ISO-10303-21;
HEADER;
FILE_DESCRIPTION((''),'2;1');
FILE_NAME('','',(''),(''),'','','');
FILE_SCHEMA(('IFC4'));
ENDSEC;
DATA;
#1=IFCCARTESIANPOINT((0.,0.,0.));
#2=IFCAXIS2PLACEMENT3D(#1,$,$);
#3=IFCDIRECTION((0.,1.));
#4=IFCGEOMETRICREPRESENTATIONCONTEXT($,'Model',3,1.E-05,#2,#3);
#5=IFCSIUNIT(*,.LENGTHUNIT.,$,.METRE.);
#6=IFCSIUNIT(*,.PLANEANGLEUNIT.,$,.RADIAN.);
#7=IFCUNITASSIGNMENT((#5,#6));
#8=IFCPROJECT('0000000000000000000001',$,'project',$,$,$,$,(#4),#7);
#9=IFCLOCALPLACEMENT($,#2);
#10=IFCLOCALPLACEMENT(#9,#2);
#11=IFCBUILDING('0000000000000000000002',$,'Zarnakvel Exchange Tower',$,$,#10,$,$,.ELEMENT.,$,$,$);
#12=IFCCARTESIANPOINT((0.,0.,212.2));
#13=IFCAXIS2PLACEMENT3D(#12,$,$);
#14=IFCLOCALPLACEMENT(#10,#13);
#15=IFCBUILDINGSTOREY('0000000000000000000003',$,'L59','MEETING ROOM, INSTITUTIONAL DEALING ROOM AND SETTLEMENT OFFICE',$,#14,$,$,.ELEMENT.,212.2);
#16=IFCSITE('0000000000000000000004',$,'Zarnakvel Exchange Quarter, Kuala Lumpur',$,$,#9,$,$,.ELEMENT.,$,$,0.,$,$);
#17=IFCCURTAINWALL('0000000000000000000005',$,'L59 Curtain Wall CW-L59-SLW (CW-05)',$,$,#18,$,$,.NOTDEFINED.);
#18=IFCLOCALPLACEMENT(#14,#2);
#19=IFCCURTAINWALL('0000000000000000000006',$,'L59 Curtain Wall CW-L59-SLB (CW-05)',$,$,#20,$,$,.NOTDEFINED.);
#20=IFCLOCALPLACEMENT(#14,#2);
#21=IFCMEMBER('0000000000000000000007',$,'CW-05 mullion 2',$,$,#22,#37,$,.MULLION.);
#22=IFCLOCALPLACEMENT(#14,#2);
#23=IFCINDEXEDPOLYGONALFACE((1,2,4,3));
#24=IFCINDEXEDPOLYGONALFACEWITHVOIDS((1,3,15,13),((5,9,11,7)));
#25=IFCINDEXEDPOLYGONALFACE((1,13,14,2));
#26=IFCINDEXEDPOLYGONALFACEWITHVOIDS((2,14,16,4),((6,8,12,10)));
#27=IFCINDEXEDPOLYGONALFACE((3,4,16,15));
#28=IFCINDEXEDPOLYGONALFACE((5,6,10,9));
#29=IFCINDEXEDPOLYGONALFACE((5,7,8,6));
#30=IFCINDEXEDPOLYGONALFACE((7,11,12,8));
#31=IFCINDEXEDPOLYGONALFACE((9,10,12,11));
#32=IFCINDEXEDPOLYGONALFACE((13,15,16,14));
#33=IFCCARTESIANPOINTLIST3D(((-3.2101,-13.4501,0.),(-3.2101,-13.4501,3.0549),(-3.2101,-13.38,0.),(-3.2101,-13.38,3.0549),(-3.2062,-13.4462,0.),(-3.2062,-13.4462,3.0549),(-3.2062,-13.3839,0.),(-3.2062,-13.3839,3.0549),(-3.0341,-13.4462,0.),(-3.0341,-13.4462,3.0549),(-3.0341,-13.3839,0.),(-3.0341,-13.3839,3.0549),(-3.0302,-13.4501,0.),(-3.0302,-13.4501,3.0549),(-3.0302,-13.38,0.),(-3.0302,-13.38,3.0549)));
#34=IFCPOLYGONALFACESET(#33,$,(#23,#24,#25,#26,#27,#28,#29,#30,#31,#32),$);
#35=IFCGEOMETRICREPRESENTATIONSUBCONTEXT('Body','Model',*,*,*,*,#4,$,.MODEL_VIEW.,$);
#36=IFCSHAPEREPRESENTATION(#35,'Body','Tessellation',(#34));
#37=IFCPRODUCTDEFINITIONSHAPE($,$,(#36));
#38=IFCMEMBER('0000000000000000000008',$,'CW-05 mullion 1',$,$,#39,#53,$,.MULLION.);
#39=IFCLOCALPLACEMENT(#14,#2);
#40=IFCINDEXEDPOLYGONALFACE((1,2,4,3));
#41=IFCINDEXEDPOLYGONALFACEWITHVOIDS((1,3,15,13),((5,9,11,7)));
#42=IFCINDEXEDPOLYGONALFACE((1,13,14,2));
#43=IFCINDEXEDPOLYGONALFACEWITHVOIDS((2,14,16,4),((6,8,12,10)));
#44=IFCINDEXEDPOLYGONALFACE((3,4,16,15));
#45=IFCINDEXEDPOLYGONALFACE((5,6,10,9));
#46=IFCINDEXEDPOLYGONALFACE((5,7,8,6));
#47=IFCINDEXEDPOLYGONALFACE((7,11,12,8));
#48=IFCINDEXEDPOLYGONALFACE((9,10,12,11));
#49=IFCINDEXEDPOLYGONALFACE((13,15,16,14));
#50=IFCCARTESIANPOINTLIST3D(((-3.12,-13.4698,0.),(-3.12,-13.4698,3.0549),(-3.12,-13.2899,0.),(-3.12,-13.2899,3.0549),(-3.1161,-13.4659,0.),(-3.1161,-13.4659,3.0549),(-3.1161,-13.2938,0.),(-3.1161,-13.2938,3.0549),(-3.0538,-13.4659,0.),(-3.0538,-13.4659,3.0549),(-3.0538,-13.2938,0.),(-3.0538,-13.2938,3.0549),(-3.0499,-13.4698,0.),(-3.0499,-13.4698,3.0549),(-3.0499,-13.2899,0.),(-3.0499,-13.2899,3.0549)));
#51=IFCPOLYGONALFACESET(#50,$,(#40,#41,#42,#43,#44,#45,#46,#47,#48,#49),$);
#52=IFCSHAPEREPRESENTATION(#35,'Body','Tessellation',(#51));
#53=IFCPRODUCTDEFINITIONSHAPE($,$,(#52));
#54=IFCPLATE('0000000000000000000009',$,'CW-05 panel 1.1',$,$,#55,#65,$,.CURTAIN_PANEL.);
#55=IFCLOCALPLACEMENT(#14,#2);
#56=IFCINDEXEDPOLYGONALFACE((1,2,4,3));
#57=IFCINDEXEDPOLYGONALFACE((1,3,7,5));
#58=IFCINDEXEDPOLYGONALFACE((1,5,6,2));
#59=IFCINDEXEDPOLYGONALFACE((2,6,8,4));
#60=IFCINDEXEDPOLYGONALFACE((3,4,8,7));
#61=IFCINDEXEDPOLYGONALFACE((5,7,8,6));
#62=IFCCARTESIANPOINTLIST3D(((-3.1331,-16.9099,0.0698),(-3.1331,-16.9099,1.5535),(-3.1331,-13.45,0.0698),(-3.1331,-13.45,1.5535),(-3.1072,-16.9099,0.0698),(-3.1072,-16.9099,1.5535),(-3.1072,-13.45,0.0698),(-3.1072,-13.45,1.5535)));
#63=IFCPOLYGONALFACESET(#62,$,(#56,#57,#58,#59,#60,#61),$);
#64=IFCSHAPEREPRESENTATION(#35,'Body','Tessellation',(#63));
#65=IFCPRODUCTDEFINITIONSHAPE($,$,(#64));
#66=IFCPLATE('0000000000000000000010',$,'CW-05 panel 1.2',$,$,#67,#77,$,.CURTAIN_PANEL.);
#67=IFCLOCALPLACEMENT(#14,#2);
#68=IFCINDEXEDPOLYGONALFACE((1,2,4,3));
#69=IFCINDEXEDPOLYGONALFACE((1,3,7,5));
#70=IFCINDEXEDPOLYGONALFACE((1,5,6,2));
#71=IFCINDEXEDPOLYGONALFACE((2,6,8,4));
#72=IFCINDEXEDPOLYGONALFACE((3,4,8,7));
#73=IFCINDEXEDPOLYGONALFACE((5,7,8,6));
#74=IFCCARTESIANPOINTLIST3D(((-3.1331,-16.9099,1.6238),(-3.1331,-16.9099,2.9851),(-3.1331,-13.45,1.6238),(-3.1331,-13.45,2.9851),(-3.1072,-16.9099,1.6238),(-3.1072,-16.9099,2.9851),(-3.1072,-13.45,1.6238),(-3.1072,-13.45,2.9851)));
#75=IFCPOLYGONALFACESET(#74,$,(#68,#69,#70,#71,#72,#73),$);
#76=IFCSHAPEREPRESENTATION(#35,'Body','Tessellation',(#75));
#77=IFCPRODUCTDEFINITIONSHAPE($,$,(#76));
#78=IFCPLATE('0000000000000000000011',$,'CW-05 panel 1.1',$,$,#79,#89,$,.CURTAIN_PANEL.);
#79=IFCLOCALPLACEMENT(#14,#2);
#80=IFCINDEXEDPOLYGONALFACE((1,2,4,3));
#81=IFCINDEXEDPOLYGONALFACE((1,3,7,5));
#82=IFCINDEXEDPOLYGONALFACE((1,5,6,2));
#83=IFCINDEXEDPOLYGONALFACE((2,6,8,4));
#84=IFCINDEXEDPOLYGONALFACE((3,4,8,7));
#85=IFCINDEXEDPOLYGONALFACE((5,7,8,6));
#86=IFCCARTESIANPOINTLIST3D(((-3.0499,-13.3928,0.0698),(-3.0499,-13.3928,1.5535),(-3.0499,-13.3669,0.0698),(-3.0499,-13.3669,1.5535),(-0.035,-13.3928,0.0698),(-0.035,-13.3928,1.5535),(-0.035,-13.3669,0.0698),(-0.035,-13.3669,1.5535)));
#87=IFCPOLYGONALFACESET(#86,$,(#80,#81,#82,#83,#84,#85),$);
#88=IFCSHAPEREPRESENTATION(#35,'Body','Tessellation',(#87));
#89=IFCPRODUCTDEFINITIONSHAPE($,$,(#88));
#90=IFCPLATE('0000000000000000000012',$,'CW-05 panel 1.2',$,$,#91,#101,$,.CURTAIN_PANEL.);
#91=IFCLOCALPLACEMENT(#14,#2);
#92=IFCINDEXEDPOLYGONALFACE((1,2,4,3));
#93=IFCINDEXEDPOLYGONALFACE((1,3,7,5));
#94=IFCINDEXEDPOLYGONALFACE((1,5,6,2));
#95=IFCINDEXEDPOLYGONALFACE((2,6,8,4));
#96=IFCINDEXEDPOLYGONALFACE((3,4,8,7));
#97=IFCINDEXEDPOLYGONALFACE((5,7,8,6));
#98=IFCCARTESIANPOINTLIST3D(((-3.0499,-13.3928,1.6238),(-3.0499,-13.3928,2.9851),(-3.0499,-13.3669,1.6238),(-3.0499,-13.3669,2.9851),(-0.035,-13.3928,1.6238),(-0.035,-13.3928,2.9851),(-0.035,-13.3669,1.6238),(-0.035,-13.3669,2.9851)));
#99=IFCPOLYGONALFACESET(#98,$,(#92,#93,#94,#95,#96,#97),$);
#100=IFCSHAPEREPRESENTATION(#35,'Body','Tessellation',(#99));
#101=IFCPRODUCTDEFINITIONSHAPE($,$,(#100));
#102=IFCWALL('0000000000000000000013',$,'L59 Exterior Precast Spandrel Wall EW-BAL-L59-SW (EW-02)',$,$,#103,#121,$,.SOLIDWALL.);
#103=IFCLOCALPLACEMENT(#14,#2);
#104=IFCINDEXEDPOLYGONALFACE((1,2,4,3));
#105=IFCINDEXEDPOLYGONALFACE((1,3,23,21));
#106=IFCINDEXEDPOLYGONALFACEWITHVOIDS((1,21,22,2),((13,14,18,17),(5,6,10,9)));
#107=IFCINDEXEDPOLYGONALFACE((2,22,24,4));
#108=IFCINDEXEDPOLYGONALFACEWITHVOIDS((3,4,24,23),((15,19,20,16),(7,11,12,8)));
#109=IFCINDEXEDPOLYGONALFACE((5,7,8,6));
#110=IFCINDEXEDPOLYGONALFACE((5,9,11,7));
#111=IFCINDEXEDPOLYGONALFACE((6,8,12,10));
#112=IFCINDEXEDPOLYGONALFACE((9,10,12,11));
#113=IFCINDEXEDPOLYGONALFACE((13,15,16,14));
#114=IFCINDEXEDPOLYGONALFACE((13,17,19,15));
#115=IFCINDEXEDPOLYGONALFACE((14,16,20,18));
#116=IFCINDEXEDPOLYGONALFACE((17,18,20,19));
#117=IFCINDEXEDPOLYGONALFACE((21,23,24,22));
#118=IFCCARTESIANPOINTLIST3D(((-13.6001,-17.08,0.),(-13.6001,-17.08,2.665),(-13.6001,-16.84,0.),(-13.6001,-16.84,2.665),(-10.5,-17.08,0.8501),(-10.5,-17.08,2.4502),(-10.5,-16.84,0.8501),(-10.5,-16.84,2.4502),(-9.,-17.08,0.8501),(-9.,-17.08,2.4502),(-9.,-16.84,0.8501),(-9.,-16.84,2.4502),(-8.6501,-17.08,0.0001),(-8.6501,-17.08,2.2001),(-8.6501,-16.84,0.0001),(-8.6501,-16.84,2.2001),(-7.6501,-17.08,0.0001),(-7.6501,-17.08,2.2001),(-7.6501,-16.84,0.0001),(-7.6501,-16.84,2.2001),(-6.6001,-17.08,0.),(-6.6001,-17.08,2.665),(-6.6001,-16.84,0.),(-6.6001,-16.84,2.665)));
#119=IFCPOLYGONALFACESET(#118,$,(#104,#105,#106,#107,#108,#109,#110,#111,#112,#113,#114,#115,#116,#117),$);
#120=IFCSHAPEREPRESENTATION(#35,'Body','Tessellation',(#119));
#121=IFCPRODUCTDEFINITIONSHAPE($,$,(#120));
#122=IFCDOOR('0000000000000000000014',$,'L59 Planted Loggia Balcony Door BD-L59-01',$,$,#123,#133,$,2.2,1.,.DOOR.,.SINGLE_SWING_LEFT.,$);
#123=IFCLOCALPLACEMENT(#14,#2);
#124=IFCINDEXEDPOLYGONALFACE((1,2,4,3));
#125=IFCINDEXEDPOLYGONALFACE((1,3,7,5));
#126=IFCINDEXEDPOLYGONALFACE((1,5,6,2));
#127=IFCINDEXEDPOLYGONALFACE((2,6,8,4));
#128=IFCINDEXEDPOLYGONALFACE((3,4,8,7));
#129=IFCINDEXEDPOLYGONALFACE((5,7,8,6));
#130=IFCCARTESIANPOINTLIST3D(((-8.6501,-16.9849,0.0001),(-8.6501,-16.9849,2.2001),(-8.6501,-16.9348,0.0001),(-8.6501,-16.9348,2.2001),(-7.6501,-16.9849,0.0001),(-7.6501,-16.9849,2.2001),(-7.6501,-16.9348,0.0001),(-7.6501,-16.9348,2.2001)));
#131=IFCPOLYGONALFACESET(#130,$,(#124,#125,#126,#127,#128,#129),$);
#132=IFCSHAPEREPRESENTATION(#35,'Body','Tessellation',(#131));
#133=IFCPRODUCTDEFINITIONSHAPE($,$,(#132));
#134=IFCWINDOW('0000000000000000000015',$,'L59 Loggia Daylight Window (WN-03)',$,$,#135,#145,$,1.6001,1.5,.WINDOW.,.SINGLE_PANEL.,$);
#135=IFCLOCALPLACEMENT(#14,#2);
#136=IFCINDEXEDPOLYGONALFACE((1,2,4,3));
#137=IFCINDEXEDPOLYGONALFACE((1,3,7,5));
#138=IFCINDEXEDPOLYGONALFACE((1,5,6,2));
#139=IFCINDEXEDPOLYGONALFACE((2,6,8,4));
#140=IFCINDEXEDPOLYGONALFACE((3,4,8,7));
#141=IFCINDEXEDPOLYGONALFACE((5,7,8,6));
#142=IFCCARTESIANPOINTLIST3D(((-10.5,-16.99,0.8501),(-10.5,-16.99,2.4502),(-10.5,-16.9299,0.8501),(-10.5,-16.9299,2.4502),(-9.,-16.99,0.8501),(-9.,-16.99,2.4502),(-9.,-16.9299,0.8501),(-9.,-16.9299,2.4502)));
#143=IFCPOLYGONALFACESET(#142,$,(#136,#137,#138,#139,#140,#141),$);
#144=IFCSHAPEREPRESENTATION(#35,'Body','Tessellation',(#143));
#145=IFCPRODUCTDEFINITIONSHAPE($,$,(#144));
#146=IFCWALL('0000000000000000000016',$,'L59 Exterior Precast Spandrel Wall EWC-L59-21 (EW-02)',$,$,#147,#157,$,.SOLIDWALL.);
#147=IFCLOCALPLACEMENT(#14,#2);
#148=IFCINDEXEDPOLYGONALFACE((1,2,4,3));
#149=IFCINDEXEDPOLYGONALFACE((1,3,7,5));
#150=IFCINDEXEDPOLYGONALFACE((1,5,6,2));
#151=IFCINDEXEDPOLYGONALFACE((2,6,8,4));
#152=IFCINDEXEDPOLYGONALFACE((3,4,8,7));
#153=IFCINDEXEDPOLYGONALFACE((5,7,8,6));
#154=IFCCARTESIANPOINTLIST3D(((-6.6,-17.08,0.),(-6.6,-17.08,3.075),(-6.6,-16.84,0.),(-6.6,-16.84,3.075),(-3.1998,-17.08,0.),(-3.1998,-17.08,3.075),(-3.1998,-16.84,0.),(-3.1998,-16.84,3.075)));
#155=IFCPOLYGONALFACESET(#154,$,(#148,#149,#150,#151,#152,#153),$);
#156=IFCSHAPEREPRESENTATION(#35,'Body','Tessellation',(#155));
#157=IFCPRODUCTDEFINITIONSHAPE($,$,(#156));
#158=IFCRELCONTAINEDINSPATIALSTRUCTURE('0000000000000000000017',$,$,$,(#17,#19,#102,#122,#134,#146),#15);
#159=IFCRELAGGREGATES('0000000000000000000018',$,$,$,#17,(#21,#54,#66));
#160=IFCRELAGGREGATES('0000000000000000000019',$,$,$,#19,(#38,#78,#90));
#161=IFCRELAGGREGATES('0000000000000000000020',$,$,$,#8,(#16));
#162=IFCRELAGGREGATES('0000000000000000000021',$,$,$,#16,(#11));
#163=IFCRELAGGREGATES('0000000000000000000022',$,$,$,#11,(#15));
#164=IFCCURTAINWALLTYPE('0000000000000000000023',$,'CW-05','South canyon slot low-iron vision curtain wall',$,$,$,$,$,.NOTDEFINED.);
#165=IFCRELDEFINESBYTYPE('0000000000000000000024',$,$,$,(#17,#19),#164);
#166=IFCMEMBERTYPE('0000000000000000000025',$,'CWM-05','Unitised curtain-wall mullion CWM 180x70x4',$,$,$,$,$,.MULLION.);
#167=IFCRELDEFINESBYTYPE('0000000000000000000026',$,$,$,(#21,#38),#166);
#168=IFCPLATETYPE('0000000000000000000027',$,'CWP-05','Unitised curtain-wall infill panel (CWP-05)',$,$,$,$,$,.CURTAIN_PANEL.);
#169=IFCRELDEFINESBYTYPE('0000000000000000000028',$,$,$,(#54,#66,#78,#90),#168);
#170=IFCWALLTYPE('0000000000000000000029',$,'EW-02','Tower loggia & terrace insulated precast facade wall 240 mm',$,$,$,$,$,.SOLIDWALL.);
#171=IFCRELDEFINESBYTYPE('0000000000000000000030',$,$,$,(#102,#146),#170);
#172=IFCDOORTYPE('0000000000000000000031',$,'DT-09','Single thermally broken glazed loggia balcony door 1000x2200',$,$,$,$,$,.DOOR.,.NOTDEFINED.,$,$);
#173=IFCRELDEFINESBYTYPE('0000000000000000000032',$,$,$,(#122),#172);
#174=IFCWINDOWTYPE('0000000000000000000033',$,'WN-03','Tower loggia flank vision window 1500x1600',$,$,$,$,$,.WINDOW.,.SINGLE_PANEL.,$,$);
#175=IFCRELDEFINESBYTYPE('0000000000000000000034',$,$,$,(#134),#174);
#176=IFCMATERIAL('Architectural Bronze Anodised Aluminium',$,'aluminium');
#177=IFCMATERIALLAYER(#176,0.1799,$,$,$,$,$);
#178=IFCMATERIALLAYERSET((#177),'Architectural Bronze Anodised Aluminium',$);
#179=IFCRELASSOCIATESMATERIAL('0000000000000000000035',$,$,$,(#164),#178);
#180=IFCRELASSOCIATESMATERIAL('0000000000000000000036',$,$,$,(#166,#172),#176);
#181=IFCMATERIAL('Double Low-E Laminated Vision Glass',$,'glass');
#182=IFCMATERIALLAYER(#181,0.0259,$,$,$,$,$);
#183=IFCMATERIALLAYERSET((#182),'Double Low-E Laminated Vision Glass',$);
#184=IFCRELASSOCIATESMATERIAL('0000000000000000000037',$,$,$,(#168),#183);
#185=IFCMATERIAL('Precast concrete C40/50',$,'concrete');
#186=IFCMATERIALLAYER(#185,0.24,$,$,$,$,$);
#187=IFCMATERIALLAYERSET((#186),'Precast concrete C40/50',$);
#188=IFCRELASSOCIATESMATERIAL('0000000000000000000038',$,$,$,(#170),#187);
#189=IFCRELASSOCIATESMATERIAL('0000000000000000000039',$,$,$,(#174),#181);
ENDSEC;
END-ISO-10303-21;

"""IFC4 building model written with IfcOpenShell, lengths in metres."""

from ifc_helpers import new_model, si_unit, direction, frame, frame_2d, origin, origin_2d, place, context, subcontext, project, spatial, rectangle, hollow_rectangle, extrude, source, transform, mapped, material, layer, layer_set, material_profile, profile_set, type_object, element, fill, aggregate, save


model = new_model("IFC4")

# Units and contexts
model_context = context("Model", 3, precision=1e-05, world=origin(), true_north=direction((0.0, 1.0)))
body_context = subcontext(model_context, "Body", "Model", "MODEL_VIEW")
ifc_project = project(units=[si_unit("LENGTHUNIT", "METRE"), si_unit("PLANEANGLEUNIT", "RADIAN")], contexts=[model_context])

# Site, building, storey
site_placement = place(None, origin())
site = spatial("IfcSite", under=ifc_project, at=site_placement, Name="Zarnakvel Exchange Quarter, Kuala Lumpur", CompositionType="ELEMENT", RefElevation=0.0)
building_placement = place(site_placement, origin())
building = spatial("IfcBuilding", under=site, at=building_placement, Name="Zarnakvel Exchange Tower", CompositionType="ELEMENT")
storey_placement = place(building_placement, frame((0.0, 0.0, 212.2)))
storey = spatial("IfcBuildingStorey", under=building, at=storey_placement, Name="L59", Description="MEETING ROOM, INSTITUTIONAL DEALING ROOM AND SETTLEMENT OFFICE", CompositionType="ELEMENT", Elevation=212.2)

# Curtain walls
ifc_material_1 = material(Name="Architectural Bronze Anodised Aluminium", Category="aluminium")
ifc_layer_1 = layer(ifc_material_1, 0.1799)
ifc_layer_set_1 = layer_set([ifc_layer_1], Name="Architectural Bronze Anodised Aluminium")
curtain_wall_type = type_object("IfcCurtainWallType", Name="CW-05", Description="South canyon slot low-iron vision curtain wall", PredefinedType="NOTDEFINED", material=ifc_layer_set_1)
curtain_wall_1_placement = place(storey_placement, origin())
curtain_wall_1 = element("IfcCurtainWall", 1, at=curtain_wall_1_placement, inside=storey, type_object=curtain_wall_type, Name="L59 Curtain Wall CW-L59-SLW (CW-05)", PredefinedType="NOTDEFINED")
curtain_wall_2_placement = place(storey_placement, origin())
curtain_wall_2 = element("IfcCurtainWall", 2, at=curtain_wall_2_placement, inside=storey, type_object=curtain_wall_type, Name="L59 Curtain Wall CW-L59-SLB (CW-05)", PredefinedType="NOTDEFINED")

# Members
ifc_material_profile_1 = material_profile(ifc_material_1, hollow_rectangle(XDim=0.1799, YDim=0.0701, WallThickness=0.0039, at=origin_2d()))
ifc_profile_set_1 = profile_set([ifc_material_profile_1], Name="Architectural Bronze Anodised Aluminium")
member_type_1 = type_object("IfcMemberType", Name="CWM-05", Description="Unitised curtain-wall mullion CWM 180x70x4", PredefinedType="MULLION", material=ifc_profile_set_1)
shared_shape_1 = source(origin(), body_context, "Body", "SweptSolid", [
    extrude(hollow_rectangle(XDim=0.1799, YDim=0.0701, WallThickness=0.0039, at=origin_2d()), origin(), (0.0, 0.0, 1.0), 3.0549),
])
member_1_placement = place(storey_placement, frame((-3.1201, -13.415, 0.0), z_axis=(0.0, 0.0, 1.0), x_axis=(-1.0, 0.0, 0.0)))
member_1 = element("IfcMember", 3, at=member_1_placement, type_object=member_type_1, Name="CW-05 mullion 2", PredefinedType="MULLION", context=body_context, shape_type="MappedRepresentation", body=[
    mapped(shared_shape_1, transform((0.0, 0.0, 0.0), x_axis=(1.0, 0.0, 0.0), y_axis=(0.0, 1.0, 0.0), z_axis=(0.0, 0.0, 1.0), scale=1.0)),
])
member_2_placement = place(storey_placement, frame((-3.085, -13.3799, 0.0), z_axis=(0.0, 0.0, 1.0), x_axis=(0.0, 1.0, 0.0)))
member_2 = element("IfcMember", 4, at=member_2_placement, type_object=member_type_1, Name="CW-05 mullion 1", PredefinedType="MULLION", context=body_context, shape_type="MappedRepresentation", body=[
    mapped(shared_shape_1, transform((0.0, 0.0, 0.0), x_axis=(1.0, 0.0, 0.0), y_axis=(0.0, 1.0, 0.0), z_axis=(0.0, 0.0, 1.0), scale=1.0)),
])

# Plates
ifc_material_2 = material(Name="Double Low-E Laminated Vision Glass", Category="glass")
ifc_layer_2 = layer(ifc_material_2, 0.0259)
ifc_layer_set_2 = layer_set([ifc_layer_2], Name="Double Low-E Laminated Vision Glass")
plate_type = type_object("IfcPlateType", Name="CWP-05", Description="Unitised curtain-wall infill panel (CWP-05)", PredefinedType="CURTAIN_PANEL", material=ifc_layer_set_2)
shared_shape_2 = source(origin(), body_context, "Body", "SweptSolid", [
    extrude(rectangle(XDim=3.46, YDim=0.0259, at=origin_2d()), origin(), (0.0, 0.0, 1.0), 1.4836),
])
plate_1_placement = place(storey_placement, frame((-3.1201, -15.1799, 0.0698), z_axis=(0.0, 0.0, 1.0), x_axis=(0.0, 1.0, 0.0)))
plate_1 = element("IfcPlate", 5, at=plate_1_placement, type_object=plate_type, Name="CW-05 panel 1.1", PredefinedType="CURTAIN_PANEL", context=body_context, shape_type="MappedRepresentation", body=[
    mapped(shared_shape_2, transform((0.0, 0.0, 0.0), x_axis=(1.0, 0.0, 0.0), y_axis=(0.0, 1.0, 0.0), z_axis=(0.0, 0.0, 1.0), scale=1.0)),
])
shared_shape_3 = source(origin(), body_context, "Body", "SweptSolid", [
    extrude(rectangle(XDim=3.46, YDim=0.0259, at=origin_2d()), origin(), (0.0, 0.0, 1.0), 1.3613),
])
plate_2_placement = place(storey_placement, frame((-3.1201, -15.1799, 1.6238), z_axis=(0.0, 0.0, 1.0), x_axis=(0.0, 1.0, 0.0)))
plate_2 = element("IfcPlate", 6, at=plate_2_placement, type_object=plate_type, Name="CW-05 panel 1.2", PredefinedType="CURTAIN_PANEL", context=body_context, shape_type="MappedRepresentation", body=[
    mapped(shared_shape_3, transform((0.0, 0.0, 0.0), x_axis=(1.0, 0.0, 0.0), y_axis=(0.0, 1.0, 0.0), z_axis=(0.0, 0.0, 1.0), scale=1.0)),
])
aggregate(curtain_wall_1, [member_1, plate_1, plate_2])
shared_shape_4 = source(origin(), body_context, "Body", "SweptSolid", [
    extrude(rectangle(XDim=3.0149, YDim=0.0259, at=origin_2d()), origin(), (0.0, 0.0, 1.0), 1.4836),
])
plate_3_placement = place(storey_placement, frame((-1.5425, -13.3799, 0.0698), z_axis=(0.0, 0.0, 1.0), x_axis=(1.0, 0.0, 0.0)))
plate_3 = element("IfcPlate", 7, at=plate_3_placement, type_object=plate_type, Name="CW-05 panel 1.1", PredefinedType="CURTAIN_PANEL", context=body_context, shape_type="MappedRepresentation", body=[
    mapped(shared_shape_4, transform((0.0, 0.0, 0.0), x_axis=(1.0, 0.0, 0.0), y_axis=(0.0, 1.0, 0.0), z_axis=(0.0, 0.0, 1.0), scale=1.0)),
])
shared_shape_5 = source(origin(), body_context, "Body", "SweptSolid", [
    extrude(rectangle(XDim=3.0149, YDim=0.0259, at=origin_2d()), origin(), (0.0, 0.0, 1.0), 1.3613),
])
plate_4_placement = place(storey_placement, frame((-1.5425, -13.3799, 1.6238), z_axis=(0.0, 0.0, 1.0), x_axis=(1.0, 0.0, 0.0)))
plate_4 = element("IfcPlate", 8, at=plate_4_placement, type_object=plate_type, Name="CW-05 panel 1.2", PredefinedType="CURTAIN_PANEL", context=body_context, shape_type="MappedRepresentation", body=[
    mapped(shared_shape_5, transform((0.0, 0.0, 0.0), x_axis=(1.0, 0.0, 0.0), y_axis=(0.0, 1.0, 0.0), z_axis=(0.0, 0.0, 1.0), scale=1.0)),
])
aggregate(curtain_wall_2, [member_2, plate_3, plate_4])

# Wall, openings, door, window
ifc_material_3 = material(Name="Precast concrete C40/50", Category="concrete")
ifc_layer_3 = layer(ifc_material_3, 0.24)
ifc_layer_set_3 = layer_set([ifc_layer_3], Name="Precast concrete C40/50")
wall_type = type_object("IfcWallType", Name="EW-02", Description="Tower loggia & terrace insulated precast facade wall 240 mm", PredefinedType="SOLIDWALL", material=ifc_layer_set_3)
wall_1_placement = place(storey_placement, frame((-6.6001, -16.96, 0.0), z_axis=(0.0, 0.0, 1.0), x_axis=(-1.0, 0.0, 0.0)))
wall_1 = element("IfcWall", 9, at=wall_1_placement, inside=storey, type_object=wall_type, Name="L59 Exterior Precast Spandrel Wall EW-BAL-L59-SW (EW-02)", PredefinedType="SOLIDWALL", context=body_context, shape_type="SweptSolid", body=[
    extrude(rectangle(XDim=7.0, YDim=0.24, at=frame_2d((3.5, 0.0))), origin(), (0.0, 0.0, 1.0), 2.665),
])
opening_1_placement = place(wall_1_placement, frame((1.05, 0.0, 0.0)))
opening_1 = element("IfcOpeningElement", 10, at=opening_1_placement, cuts=wall_1, PredefinedType="OPENING", context=body_context, shape_type="SweptSolid", body=[
    extrude(rectangle(XDim=1.0, YDim=2.2, at=frame_2d((0.5, 1.1001))), frame((0.0, 0.1299, 0.0), z_axis=(0.0, -1.0, 0.0), x_axis=(1.0, 0.0, 0.0)), (0.0, 0.0, 1.0), 0.26),
])
opening_2_placement = place(wall_1_placement, frame((2.3999, 0.0, 0.8501)))
opening_2 = element("IfcOpeningElement", 11, at=opening_2_placement, cuts=wall_1, PredefinedType="OPENING", context=body_context, shape_type="SweptSolid", body=[
    extrude(rectangle(XDim=1.5, YDim=1.6001, at=frame_2d((0.75, 0.8))), frame((0.0, 0.1299, 0.0), z_axis=(0.0, -1.0, 0.0), x_axis=(1.0, 0.0, 0.0)), (0.0, 0.0, 1.0), 0.26),
])
door_type = type_object("IfcDoorType", Name="DT-09", Description="Single thermally broken glazed loggia balcony door 1000x2200", OperationType="NOTDEFINED", PredefinedType="DOOR", material=ifc_material_1)
shared_shape_6 = source(origin(), body_context, "Body", "SweptSolid", [
    extrude(rectangle(XDim=1.0, YDim=2.2, at=frame_2d((0.5, 1.1001))), frame((0.0, 0.0249, 0.0), z_axis=(0.0, -1.0, 0.0), x_axis=(1.0, 0.0, 0.0)), (0.0, 0.0, 1.0), 0.05),
])
door_placement = place(opening_1_placement, origin())
door = element("IfcDoor", 12, at=door_placement, inside=storey, type_object=door_type, Name="L59 Planted Loggia Balcony Door BD-L59-01", OperationType="SINGLE_SWING_LEFT", OverallHeight=2.2, OverallWidth=1.0, PredefinedType="DOOR", context=body_context, shape_type="MappedRepresentation", body=[
    mapped(shared_shape_6, transform((0.0, 0.0, 0.0), x_axis=(1.0, 0.0, 0.0), y_axis=(0.0, 1.0, 0.0), z_axis=(0.0, 0.0, 1.0), scale=1.0)),
])
fill(opening_1, door)
window_type = type_object("IfcWindowType", Name="WN-03", Description="Tower loggia flank vision window 1500x1600", PartitioningType="SINGLE_PANEL", PredefinedType="WINDOW", material=ifc_material_2)
shared_shape_7 = source(origin(), body_context, "Body", "SweptSolid", [
    extrude(rectangle(XDim=1.5, YDim=1.6001, at=frame_2d((0.75, 0.8))), frame((0.0, 0.03, 0.0), z_axis=(0.0, -1.0, 0.0), x_axis=(1.0, 0.0, 0.0)), (0.0, 0.0, 1.0), 0.0601),
])
window_placement = place(opening_2_placement, origin())
window = element("IfcWindow", 13, at=window_placement, inside=storey, type_object=window_type, Name="L59 Loggia Daylight Window (WN-03)", OverallHeight=1.6001, OverallWidth=1.5, PartitioningType="SINGLE_PANEL", PredefinedType="WINDOW", context=body_context, shape_type="MappedRepresentation", body=[
    mapped(shared_shape_7, transform((0.0, 0.0, 0.0), x_axis=(1.0, 0.0, 0.0), y_axis=(0.0, 1.0, 0.0), z_axis=(0.0, 0.0, 1.0), scale=1.0)),
])
fill(opening_2, window)

# Wall
wall_2_placement = place(storey_placement, frame((-6.6001, -16.96, 0.0), z_axis=(0.0, 0.0, 1.0), x_axis=(1.0, 0.0, 0.0)))
element("IfcWall", 14, at=wall_2_placement, inside=storey, type_object=wall_type, Name="L59 Exterior Precast Spandrel Wall EWC-L59-21 (EW-02)", PredefinedType="SOLIDWALL", context=body_context, shape_type="SweptSolid", body=[
    extrude(rectangle(XDim=3.4001, YDim=0.24, at=frame_2d((1.7002, 0.0))), origin(), (0.0, 0.0, 1.0), 3.075),
])

save(model, "model.ifc")
